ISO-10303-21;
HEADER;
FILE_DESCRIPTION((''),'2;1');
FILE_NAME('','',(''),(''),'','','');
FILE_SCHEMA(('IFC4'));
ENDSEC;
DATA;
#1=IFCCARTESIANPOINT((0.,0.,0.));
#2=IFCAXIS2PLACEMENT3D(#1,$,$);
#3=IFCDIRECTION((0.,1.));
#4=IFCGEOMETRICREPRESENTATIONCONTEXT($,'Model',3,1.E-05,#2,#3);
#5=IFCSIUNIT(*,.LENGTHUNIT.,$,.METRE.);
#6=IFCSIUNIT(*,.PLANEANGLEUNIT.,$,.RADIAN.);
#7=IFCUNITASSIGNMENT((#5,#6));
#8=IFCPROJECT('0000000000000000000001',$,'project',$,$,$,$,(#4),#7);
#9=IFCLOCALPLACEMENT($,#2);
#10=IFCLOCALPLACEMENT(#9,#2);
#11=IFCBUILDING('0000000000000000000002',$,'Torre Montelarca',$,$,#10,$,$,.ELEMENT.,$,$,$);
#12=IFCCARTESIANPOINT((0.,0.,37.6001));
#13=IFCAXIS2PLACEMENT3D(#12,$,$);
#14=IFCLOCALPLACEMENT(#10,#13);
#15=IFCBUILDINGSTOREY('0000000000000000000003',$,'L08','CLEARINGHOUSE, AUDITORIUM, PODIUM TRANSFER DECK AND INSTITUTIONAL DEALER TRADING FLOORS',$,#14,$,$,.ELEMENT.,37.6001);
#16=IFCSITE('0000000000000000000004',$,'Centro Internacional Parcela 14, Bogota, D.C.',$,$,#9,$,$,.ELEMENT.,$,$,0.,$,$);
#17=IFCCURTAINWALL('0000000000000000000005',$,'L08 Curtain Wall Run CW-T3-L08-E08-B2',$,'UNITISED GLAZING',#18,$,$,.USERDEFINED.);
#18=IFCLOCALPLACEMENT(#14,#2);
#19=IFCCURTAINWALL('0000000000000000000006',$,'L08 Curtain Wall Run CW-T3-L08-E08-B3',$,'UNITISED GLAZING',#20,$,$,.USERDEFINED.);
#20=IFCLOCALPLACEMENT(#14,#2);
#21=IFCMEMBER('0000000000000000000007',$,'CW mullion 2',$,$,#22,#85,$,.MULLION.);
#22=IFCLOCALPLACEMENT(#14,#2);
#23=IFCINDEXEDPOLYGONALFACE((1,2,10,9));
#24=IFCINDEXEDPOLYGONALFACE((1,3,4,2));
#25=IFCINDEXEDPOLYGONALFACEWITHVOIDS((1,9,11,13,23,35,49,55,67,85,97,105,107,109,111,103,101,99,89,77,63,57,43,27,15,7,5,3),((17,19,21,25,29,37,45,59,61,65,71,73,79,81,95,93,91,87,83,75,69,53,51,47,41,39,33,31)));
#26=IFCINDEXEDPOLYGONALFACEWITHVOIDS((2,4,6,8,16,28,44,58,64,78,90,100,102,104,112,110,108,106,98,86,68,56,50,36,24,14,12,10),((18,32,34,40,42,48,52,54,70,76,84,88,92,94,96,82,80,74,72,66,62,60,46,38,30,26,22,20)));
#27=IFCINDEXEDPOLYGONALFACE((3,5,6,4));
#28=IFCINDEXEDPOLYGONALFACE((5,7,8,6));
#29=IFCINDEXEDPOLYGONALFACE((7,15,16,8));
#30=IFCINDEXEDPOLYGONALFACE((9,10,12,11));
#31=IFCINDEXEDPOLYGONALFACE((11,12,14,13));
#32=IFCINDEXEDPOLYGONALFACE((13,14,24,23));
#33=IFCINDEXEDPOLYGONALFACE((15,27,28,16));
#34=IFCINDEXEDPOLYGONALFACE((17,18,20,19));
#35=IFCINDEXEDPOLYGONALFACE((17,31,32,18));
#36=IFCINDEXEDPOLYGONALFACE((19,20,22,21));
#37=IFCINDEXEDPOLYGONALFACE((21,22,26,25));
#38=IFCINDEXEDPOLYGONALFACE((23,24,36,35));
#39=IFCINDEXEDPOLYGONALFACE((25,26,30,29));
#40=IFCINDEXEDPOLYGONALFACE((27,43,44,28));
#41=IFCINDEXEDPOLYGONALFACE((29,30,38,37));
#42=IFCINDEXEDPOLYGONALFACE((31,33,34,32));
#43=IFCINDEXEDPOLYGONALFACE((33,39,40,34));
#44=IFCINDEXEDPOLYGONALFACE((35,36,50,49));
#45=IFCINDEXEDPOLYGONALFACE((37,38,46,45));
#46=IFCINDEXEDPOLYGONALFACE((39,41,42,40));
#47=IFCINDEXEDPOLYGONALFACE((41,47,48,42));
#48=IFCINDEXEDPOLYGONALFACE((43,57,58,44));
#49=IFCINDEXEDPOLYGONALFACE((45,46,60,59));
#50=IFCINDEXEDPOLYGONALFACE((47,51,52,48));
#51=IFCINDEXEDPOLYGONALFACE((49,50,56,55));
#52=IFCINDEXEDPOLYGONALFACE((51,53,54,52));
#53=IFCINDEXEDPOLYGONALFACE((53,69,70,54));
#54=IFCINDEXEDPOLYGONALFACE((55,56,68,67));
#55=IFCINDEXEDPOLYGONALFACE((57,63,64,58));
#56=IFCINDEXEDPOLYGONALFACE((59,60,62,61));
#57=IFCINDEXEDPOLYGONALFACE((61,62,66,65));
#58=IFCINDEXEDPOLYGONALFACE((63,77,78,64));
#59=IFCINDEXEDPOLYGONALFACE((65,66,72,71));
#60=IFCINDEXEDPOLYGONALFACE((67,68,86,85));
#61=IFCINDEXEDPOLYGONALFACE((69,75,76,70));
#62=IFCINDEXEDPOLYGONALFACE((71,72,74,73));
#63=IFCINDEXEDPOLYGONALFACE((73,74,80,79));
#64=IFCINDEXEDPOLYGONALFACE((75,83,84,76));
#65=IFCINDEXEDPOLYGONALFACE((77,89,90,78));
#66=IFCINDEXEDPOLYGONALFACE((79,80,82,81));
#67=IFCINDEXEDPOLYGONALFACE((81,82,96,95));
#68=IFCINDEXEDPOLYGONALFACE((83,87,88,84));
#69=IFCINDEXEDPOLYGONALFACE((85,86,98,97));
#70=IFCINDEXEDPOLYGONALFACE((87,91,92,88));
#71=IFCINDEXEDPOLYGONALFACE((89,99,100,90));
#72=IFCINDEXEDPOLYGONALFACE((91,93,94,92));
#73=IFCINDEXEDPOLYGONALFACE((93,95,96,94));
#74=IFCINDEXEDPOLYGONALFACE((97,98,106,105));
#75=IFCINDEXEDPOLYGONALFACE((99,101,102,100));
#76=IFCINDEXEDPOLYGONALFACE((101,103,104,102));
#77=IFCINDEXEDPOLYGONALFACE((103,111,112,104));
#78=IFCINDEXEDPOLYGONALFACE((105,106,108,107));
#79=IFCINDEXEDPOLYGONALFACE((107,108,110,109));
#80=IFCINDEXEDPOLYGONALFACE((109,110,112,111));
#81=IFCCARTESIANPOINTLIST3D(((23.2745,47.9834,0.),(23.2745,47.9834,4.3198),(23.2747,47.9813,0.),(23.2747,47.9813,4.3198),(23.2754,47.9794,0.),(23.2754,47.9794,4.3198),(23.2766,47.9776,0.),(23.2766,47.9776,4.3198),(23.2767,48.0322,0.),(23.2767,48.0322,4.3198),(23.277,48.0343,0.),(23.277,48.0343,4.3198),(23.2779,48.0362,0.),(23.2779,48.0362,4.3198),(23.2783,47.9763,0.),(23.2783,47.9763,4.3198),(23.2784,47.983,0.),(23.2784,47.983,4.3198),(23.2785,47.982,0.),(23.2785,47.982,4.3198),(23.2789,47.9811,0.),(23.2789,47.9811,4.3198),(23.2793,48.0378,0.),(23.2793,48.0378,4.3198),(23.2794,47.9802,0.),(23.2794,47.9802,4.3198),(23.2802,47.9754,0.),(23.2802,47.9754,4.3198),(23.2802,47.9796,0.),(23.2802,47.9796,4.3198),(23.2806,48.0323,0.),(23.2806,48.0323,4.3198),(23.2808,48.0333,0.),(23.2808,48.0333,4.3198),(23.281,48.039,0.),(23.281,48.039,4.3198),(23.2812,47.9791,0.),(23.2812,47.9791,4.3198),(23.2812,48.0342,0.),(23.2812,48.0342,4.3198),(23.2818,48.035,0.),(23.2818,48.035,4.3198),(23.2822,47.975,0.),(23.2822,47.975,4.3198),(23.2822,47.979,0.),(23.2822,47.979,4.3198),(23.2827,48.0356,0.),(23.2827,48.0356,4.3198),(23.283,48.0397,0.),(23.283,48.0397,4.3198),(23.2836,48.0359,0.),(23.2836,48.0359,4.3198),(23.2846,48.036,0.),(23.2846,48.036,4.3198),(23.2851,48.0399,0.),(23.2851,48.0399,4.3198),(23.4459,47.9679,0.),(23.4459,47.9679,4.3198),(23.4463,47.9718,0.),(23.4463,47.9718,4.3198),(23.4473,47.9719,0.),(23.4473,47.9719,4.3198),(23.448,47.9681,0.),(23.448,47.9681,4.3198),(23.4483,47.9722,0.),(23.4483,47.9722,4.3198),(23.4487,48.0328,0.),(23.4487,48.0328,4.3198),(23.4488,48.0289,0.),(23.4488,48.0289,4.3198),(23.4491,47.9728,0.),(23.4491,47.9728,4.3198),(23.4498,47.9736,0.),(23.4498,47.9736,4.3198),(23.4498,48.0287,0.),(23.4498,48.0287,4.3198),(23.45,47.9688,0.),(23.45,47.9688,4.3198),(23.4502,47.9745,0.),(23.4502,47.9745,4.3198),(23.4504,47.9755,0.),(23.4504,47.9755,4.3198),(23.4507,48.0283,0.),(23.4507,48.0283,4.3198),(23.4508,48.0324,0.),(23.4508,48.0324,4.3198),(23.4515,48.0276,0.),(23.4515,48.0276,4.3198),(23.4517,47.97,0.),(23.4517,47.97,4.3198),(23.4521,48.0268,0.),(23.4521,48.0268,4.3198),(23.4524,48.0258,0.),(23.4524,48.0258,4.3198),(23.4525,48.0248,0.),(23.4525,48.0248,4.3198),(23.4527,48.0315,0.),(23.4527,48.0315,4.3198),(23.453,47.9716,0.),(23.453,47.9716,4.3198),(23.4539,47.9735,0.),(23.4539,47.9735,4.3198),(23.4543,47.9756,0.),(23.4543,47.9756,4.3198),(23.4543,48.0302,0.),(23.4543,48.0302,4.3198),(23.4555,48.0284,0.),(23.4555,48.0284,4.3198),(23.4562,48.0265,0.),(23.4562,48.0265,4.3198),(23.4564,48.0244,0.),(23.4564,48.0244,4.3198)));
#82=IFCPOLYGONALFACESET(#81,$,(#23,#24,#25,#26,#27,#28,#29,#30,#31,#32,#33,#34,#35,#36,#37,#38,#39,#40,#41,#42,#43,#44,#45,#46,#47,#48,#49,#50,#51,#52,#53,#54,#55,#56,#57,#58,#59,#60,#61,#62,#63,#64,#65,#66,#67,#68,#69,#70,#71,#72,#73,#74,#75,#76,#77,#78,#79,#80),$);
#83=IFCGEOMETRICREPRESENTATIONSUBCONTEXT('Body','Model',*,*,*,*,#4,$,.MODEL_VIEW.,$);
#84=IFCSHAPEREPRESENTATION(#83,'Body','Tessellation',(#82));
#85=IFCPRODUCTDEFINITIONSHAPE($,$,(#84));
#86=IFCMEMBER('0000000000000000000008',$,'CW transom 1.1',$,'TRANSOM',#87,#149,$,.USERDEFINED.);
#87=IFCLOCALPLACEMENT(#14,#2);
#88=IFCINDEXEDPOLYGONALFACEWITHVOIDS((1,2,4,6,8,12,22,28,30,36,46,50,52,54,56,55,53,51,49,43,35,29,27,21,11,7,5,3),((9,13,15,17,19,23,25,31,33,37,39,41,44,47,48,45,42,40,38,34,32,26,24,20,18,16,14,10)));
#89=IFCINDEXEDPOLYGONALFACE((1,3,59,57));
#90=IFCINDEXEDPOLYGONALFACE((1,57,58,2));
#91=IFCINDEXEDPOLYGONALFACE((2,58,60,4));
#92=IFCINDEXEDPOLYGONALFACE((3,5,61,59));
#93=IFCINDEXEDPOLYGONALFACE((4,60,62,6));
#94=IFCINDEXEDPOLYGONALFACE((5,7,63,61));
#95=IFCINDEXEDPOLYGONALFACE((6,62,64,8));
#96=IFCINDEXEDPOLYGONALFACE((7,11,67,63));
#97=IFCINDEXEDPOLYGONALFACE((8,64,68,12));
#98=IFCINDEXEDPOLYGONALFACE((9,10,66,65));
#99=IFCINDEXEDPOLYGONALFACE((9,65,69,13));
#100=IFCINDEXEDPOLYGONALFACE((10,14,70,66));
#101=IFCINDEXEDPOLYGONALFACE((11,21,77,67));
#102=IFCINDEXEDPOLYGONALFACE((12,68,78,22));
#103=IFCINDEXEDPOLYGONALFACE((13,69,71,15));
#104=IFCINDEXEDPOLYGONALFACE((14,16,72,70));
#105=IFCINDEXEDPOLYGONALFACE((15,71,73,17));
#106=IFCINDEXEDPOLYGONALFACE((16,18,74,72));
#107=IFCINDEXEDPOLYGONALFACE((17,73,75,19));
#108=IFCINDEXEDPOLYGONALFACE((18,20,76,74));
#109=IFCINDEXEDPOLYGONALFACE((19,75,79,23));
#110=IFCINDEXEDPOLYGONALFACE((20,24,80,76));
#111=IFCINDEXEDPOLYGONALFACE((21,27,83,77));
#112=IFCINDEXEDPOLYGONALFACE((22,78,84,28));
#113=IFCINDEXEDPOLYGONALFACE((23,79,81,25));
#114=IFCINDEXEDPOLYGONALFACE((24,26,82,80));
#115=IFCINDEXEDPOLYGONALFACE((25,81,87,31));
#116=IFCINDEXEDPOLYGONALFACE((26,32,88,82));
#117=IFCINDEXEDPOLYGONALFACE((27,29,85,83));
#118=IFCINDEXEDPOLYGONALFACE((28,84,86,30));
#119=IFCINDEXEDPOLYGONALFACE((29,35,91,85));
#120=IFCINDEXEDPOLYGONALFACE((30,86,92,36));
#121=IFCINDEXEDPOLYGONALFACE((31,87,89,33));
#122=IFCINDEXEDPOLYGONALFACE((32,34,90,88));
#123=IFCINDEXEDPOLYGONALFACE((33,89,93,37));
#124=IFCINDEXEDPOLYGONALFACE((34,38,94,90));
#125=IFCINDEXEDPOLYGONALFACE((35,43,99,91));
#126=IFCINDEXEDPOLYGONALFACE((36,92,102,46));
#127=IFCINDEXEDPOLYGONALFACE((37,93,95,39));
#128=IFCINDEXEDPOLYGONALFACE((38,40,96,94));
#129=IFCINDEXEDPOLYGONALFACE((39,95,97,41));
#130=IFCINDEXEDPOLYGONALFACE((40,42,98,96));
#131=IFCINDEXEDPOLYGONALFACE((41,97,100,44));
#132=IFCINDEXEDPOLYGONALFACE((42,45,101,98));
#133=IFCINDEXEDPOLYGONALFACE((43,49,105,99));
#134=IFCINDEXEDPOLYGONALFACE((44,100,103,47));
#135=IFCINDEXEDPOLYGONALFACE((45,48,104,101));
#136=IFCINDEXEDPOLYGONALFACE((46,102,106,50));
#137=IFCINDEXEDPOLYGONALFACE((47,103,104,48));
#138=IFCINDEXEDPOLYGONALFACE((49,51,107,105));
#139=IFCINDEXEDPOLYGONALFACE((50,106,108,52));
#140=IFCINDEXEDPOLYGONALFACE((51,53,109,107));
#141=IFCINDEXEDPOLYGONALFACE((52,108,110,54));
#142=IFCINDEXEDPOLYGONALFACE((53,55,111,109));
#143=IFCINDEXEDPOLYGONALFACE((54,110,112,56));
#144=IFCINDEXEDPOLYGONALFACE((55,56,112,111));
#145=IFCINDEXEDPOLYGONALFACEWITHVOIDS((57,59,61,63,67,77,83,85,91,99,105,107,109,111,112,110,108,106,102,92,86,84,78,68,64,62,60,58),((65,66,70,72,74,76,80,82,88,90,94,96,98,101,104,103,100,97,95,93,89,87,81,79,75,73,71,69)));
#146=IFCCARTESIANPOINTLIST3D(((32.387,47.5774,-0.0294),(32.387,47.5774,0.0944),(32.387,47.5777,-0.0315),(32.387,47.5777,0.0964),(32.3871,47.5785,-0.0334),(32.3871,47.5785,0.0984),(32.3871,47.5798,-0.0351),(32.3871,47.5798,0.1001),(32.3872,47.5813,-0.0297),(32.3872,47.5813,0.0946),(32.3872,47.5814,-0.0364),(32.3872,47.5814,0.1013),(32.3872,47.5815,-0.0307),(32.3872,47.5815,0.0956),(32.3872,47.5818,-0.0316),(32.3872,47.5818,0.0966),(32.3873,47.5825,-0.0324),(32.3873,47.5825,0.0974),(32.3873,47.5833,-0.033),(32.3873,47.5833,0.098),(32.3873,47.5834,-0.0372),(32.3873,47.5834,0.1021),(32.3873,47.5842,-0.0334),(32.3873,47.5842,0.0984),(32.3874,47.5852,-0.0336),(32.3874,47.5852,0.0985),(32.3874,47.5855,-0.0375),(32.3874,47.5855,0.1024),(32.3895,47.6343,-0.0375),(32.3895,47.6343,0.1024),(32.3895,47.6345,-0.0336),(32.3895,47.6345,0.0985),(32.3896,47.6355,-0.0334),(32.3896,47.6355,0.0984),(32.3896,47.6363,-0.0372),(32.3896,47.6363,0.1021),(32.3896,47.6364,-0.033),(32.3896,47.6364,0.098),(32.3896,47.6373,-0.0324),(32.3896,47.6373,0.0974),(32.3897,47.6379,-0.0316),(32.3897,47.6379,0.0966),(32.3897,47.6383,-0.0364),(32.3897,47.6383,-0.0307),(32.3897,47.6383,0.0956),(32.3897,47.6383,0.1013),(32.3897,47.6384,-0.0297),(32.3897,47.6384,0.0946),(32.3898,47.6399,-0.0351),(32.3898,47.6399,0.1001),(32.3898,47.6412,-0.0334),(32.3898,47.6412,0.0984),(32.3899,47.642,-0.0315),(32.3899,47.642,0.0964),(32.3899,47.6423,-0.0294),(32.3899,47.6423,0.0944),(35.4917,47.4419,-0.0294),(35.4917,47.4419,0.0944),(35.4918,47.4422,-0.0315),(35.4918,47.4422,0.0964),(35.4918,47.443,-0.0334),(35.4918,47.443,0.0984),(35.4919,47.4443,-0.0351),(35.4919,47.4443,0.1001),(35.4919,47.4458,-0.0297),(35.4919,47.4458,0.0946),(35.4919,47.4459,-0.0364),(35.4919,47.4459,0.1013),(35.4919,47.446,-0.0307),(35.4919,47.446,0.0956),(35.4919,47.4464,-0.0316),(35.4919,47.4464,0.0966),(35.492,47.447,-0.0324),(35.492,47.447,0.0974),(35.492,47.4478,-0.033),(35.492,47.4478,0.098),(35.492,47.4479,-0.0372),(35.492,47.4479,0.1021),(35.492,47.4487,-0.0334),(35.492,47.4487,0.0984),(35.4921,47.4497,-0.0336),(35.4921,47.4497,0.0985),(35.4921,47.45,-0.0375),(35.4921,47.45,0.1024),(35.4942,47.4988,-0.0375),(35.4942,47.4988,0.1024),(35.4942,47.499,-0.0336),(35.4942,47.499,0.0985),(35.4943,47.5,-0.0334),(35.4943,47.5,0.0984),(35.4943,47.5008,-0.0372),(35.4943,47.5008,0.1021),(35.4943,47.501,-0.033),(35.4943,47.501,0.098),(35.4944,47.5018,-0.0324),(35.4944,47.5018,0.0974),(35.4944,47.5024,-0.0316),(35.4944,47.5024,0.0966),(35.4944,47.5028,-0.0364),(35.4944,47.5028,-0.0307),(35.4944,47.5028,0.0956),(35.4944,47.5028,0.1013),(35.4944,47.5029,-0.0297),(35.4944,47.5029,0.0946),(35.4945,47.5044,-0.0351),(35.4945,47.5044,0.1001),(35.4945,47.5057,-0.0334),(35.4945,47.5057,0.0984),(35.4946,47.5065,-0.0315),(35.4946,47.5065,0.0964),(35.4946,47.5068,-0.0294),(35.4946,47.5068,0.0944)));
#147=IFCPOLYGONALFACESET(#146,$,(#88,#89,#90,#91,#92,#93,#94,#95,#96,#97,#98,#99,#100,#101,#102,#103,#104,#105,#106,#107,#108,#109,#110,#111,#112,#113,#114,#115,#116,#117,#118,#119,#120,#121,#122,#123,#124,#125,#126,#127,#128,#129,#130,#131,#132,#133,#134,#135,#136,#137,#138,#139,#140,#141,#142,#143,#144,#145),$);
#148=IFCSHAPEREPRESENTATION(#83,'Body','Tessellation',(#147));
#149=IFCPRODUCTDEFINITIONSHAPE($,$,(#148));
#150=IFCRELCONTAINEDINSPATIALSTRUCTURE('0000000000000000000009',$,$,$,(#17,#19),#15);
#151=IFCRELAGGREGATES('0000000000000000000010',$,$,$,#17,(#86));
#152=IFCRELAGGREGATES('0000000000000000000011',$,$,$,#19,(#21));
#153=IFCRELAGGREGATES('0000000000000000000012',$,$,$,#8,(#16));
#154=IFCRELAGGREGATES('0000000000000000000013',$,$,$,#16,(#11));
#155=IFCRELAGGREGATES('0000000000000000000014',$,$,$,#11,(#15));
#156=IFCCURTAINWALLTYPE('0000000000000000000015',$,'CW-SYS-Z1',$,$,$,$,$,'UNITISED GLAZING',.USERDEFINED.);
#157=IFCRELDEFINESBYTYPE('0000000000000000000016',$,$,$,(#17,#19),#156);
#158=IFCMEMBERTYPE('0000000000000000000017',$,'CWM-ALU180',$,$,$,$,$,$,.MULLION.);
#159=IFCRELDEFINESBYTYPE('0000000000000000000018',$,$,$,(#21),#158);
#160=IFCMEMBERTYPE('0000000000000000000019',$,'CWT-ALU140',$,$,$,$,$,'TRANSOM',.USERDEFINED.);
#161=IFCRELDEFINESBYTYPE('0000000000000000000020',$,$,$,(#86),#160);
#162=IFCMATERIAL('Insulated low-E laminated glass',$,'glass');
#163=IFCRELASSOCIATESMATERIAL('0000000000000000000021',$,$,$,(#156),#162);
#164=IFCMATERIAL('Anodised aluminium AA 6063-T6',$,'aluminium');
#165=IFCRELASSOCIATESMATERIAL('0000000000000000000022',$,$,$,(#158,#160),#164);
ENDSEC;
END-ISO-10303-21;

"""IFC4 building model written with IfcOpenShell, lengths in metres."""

from ifc_helpers import new_model, si_unit, direction, frame, origin, origin_2d, place, context, subcontext, project, spatial, hollow_rectangle, extrude, source, transform, mapped, material, material_profile, profile_set, type_object, element, aggregate, save


model = new_model("IFC4")

# Units and contexts
model_context = context("Model", 3, precision=1e-05, world=origin(), true_north=direction((0.0, 1.0)))
body_context = subcontext(model_context, "Body", "Model", "MODEL_VIEW")
ifc_project = project(units=[si_unit("LENGTHUNIT", "METRE"), si_unit("PLANEANGLEUNIT", "RADIAN")], contexts=[model_context])

# Site, building, storey
site_placement = place(None, origin())
site = spatial("IfcSite", under=ifc_project, at=site_placement, Name="Centro Internacional Parcela 14, Bogota, D.C.", CompositionType="ELEMENT", RefElevation=0.0)
building_placement = place(site_placement, origin())
building = spatial("IfcBuilding", under=site, at=building_placement, Name="Torre Montelarca", CompositionType="ELEMENT")
storey_placement = place(building_placement, frame((0.0, 0.0, 37.6001)))
storey = spatial("IfcBuildingStorey", under=building, at=storey_placement, Name="L08", Description="CLEARINGHOUSE, AUDITORIUM, PODIUM TRANSFER DECK AND INSTITUTIONAL DEALER TRADING FLOORS", CompositionType="ELEMENT", Elevation=37.6001)

# Curtain walls, member
ifc_material_1 = material(Name="Insulated low-E laminated glass", Category="glass")
curtain_wall_type = type_object("IfcCurtainWallType", Name="CW-SYS-Z1", ElementType="UNITISED GLAZING", PredefinedType="USERDEFINED", material=ifc_material_1)
curtain_wall_1_placement = place(storey_placement, origin())
curtain_wall_1 = element("IfcCurtainWall", 1, at=curtain_wall_1_placement, inside=storey, type_object=curtain_wall_type, Name="L08 Curtain Wall Run CW-T3-L08-E08-B2", ObjectType="UNITISED GLAZING", PredefinedType="USERDEFINED")
ifc_material_2 = material(Name="Anodised aluminium AA 6063-T6", Category="aluminium")
ifc_material_profile_1 = material_profile(ifc_material_2, hollow_rectangle(XDim=0.0649, YDim=0.1799, WallThickness=0.0039, InnerFilletRadius=0.0039, OuterFilletRadius=0.0081, at=origin_2d()), Name="ALU65X180X4", Category="aluminium")
ifc_profile_set_1 = profile_set([ifc_material_profile_1], Name="Anodised aluminium AA 6063-T6")
member_type_1 = type_object("IfcMemberType", Name="CWM-ALU180", PredefinedType="MULLION", material=ifc_profile_set_1)
shared_shape_1 = source(origin(), body_context, "Body", "SweptSolid", [
    extrude(hollow_rectangle(XDim=0.0649, YDim=0.1799, WallThickness=0.0039, InnerFilletRadius=0.0039, OuterFilletRadius=0.0081, at=origin_2d()), origin(), (0.0, 0.0, 1.0), 4.3198),
])
curtain_wall_2_placement = place(storey_placement, origin())
curtain_wall_2 = element("IfcCurtainWall", 2, at=curtain_wall_2_placement, inside=storey, type_object=curtain_wall_type, Name="L08 Curtain Wall Run CW-T3-L08-E08-B3", ObjectType="UNITISED GLAZING", PredefinedType="USERDEFINED")
member_1_placement = place(storey_placement, frame((23.3655, 48.0039, 0.0), z_axis=(0.0, 0.0, 1.0), x_axis=(-0.043629, -0.999048, 0.0)))
member_1 = element("IfcMember", 3, at=member_1_placement, type_object=member_type_1, Name="CW mullion 2", PredefinedType="MULLION", context=body_context, shape_type="MappedRepresentation", body=[
    mapped(shared_shape_1, transform((0.0, 0.0, 0.0), scale=1.0)),
])

# Member
ifc_material_profile_2 = material_profile(ifc_material_2, hollow_rectangle(XDim=0.0649, YDim=0.1399, WallThickness=0.0039, InnerFilletRadius=0.0039, OuterFilletRadius=0.0081, at=origin_2d()), Name="ALU65X140X4", Category="aluminium")
ifc_profile_set_2 = profile_set([ifc_material_profile_2], Name="Anodised aluminium AA 6063-T6")
member_type_2 = type_object("IfcMemberType", Name="CWT-ALU140", ElementType="TRANSOM", PredefinedType="USERDEFINED", material=ifc_profile_set_2)
shared_shape_2 = source(origin(), body_context, "Body", "SweptSolid", [
    extrude(hollow_rectangle(XDim=0.0649, YDim=0.1399, WallThickness=0.0039, InnerFilletRadius=0.0039, OuterFilletRadius=0.0081, at=origin_2d()), origin(), (0.0, 0.0, 1.0), 3.1077),
])
member_2_placement = place(storey_placement, frame((35.4932, 47.4744, 0.0325), z_axis=(-0.999049, 0.043601, 0.0), x_axis=(-0.043601, -0.999049, 0.0)))
member_2 = element("IfcMember", 4, at=member_2_placement, type_object=member_type_2, Name="CW transom 1.1", ObjectType="TRANSOM", PredefinedType="USERDEFINED", context=body_context, shape_type="MappedRepresentation", body=[
    mapped(shared_shape_2, transform((0.0, 0.0, 0.0), scale=1.0)),
])

aggregate(curtain_wall_1, [member_2])
aggregate(curtain_wall_2, [member_1])

save(model, "model.ifc")
